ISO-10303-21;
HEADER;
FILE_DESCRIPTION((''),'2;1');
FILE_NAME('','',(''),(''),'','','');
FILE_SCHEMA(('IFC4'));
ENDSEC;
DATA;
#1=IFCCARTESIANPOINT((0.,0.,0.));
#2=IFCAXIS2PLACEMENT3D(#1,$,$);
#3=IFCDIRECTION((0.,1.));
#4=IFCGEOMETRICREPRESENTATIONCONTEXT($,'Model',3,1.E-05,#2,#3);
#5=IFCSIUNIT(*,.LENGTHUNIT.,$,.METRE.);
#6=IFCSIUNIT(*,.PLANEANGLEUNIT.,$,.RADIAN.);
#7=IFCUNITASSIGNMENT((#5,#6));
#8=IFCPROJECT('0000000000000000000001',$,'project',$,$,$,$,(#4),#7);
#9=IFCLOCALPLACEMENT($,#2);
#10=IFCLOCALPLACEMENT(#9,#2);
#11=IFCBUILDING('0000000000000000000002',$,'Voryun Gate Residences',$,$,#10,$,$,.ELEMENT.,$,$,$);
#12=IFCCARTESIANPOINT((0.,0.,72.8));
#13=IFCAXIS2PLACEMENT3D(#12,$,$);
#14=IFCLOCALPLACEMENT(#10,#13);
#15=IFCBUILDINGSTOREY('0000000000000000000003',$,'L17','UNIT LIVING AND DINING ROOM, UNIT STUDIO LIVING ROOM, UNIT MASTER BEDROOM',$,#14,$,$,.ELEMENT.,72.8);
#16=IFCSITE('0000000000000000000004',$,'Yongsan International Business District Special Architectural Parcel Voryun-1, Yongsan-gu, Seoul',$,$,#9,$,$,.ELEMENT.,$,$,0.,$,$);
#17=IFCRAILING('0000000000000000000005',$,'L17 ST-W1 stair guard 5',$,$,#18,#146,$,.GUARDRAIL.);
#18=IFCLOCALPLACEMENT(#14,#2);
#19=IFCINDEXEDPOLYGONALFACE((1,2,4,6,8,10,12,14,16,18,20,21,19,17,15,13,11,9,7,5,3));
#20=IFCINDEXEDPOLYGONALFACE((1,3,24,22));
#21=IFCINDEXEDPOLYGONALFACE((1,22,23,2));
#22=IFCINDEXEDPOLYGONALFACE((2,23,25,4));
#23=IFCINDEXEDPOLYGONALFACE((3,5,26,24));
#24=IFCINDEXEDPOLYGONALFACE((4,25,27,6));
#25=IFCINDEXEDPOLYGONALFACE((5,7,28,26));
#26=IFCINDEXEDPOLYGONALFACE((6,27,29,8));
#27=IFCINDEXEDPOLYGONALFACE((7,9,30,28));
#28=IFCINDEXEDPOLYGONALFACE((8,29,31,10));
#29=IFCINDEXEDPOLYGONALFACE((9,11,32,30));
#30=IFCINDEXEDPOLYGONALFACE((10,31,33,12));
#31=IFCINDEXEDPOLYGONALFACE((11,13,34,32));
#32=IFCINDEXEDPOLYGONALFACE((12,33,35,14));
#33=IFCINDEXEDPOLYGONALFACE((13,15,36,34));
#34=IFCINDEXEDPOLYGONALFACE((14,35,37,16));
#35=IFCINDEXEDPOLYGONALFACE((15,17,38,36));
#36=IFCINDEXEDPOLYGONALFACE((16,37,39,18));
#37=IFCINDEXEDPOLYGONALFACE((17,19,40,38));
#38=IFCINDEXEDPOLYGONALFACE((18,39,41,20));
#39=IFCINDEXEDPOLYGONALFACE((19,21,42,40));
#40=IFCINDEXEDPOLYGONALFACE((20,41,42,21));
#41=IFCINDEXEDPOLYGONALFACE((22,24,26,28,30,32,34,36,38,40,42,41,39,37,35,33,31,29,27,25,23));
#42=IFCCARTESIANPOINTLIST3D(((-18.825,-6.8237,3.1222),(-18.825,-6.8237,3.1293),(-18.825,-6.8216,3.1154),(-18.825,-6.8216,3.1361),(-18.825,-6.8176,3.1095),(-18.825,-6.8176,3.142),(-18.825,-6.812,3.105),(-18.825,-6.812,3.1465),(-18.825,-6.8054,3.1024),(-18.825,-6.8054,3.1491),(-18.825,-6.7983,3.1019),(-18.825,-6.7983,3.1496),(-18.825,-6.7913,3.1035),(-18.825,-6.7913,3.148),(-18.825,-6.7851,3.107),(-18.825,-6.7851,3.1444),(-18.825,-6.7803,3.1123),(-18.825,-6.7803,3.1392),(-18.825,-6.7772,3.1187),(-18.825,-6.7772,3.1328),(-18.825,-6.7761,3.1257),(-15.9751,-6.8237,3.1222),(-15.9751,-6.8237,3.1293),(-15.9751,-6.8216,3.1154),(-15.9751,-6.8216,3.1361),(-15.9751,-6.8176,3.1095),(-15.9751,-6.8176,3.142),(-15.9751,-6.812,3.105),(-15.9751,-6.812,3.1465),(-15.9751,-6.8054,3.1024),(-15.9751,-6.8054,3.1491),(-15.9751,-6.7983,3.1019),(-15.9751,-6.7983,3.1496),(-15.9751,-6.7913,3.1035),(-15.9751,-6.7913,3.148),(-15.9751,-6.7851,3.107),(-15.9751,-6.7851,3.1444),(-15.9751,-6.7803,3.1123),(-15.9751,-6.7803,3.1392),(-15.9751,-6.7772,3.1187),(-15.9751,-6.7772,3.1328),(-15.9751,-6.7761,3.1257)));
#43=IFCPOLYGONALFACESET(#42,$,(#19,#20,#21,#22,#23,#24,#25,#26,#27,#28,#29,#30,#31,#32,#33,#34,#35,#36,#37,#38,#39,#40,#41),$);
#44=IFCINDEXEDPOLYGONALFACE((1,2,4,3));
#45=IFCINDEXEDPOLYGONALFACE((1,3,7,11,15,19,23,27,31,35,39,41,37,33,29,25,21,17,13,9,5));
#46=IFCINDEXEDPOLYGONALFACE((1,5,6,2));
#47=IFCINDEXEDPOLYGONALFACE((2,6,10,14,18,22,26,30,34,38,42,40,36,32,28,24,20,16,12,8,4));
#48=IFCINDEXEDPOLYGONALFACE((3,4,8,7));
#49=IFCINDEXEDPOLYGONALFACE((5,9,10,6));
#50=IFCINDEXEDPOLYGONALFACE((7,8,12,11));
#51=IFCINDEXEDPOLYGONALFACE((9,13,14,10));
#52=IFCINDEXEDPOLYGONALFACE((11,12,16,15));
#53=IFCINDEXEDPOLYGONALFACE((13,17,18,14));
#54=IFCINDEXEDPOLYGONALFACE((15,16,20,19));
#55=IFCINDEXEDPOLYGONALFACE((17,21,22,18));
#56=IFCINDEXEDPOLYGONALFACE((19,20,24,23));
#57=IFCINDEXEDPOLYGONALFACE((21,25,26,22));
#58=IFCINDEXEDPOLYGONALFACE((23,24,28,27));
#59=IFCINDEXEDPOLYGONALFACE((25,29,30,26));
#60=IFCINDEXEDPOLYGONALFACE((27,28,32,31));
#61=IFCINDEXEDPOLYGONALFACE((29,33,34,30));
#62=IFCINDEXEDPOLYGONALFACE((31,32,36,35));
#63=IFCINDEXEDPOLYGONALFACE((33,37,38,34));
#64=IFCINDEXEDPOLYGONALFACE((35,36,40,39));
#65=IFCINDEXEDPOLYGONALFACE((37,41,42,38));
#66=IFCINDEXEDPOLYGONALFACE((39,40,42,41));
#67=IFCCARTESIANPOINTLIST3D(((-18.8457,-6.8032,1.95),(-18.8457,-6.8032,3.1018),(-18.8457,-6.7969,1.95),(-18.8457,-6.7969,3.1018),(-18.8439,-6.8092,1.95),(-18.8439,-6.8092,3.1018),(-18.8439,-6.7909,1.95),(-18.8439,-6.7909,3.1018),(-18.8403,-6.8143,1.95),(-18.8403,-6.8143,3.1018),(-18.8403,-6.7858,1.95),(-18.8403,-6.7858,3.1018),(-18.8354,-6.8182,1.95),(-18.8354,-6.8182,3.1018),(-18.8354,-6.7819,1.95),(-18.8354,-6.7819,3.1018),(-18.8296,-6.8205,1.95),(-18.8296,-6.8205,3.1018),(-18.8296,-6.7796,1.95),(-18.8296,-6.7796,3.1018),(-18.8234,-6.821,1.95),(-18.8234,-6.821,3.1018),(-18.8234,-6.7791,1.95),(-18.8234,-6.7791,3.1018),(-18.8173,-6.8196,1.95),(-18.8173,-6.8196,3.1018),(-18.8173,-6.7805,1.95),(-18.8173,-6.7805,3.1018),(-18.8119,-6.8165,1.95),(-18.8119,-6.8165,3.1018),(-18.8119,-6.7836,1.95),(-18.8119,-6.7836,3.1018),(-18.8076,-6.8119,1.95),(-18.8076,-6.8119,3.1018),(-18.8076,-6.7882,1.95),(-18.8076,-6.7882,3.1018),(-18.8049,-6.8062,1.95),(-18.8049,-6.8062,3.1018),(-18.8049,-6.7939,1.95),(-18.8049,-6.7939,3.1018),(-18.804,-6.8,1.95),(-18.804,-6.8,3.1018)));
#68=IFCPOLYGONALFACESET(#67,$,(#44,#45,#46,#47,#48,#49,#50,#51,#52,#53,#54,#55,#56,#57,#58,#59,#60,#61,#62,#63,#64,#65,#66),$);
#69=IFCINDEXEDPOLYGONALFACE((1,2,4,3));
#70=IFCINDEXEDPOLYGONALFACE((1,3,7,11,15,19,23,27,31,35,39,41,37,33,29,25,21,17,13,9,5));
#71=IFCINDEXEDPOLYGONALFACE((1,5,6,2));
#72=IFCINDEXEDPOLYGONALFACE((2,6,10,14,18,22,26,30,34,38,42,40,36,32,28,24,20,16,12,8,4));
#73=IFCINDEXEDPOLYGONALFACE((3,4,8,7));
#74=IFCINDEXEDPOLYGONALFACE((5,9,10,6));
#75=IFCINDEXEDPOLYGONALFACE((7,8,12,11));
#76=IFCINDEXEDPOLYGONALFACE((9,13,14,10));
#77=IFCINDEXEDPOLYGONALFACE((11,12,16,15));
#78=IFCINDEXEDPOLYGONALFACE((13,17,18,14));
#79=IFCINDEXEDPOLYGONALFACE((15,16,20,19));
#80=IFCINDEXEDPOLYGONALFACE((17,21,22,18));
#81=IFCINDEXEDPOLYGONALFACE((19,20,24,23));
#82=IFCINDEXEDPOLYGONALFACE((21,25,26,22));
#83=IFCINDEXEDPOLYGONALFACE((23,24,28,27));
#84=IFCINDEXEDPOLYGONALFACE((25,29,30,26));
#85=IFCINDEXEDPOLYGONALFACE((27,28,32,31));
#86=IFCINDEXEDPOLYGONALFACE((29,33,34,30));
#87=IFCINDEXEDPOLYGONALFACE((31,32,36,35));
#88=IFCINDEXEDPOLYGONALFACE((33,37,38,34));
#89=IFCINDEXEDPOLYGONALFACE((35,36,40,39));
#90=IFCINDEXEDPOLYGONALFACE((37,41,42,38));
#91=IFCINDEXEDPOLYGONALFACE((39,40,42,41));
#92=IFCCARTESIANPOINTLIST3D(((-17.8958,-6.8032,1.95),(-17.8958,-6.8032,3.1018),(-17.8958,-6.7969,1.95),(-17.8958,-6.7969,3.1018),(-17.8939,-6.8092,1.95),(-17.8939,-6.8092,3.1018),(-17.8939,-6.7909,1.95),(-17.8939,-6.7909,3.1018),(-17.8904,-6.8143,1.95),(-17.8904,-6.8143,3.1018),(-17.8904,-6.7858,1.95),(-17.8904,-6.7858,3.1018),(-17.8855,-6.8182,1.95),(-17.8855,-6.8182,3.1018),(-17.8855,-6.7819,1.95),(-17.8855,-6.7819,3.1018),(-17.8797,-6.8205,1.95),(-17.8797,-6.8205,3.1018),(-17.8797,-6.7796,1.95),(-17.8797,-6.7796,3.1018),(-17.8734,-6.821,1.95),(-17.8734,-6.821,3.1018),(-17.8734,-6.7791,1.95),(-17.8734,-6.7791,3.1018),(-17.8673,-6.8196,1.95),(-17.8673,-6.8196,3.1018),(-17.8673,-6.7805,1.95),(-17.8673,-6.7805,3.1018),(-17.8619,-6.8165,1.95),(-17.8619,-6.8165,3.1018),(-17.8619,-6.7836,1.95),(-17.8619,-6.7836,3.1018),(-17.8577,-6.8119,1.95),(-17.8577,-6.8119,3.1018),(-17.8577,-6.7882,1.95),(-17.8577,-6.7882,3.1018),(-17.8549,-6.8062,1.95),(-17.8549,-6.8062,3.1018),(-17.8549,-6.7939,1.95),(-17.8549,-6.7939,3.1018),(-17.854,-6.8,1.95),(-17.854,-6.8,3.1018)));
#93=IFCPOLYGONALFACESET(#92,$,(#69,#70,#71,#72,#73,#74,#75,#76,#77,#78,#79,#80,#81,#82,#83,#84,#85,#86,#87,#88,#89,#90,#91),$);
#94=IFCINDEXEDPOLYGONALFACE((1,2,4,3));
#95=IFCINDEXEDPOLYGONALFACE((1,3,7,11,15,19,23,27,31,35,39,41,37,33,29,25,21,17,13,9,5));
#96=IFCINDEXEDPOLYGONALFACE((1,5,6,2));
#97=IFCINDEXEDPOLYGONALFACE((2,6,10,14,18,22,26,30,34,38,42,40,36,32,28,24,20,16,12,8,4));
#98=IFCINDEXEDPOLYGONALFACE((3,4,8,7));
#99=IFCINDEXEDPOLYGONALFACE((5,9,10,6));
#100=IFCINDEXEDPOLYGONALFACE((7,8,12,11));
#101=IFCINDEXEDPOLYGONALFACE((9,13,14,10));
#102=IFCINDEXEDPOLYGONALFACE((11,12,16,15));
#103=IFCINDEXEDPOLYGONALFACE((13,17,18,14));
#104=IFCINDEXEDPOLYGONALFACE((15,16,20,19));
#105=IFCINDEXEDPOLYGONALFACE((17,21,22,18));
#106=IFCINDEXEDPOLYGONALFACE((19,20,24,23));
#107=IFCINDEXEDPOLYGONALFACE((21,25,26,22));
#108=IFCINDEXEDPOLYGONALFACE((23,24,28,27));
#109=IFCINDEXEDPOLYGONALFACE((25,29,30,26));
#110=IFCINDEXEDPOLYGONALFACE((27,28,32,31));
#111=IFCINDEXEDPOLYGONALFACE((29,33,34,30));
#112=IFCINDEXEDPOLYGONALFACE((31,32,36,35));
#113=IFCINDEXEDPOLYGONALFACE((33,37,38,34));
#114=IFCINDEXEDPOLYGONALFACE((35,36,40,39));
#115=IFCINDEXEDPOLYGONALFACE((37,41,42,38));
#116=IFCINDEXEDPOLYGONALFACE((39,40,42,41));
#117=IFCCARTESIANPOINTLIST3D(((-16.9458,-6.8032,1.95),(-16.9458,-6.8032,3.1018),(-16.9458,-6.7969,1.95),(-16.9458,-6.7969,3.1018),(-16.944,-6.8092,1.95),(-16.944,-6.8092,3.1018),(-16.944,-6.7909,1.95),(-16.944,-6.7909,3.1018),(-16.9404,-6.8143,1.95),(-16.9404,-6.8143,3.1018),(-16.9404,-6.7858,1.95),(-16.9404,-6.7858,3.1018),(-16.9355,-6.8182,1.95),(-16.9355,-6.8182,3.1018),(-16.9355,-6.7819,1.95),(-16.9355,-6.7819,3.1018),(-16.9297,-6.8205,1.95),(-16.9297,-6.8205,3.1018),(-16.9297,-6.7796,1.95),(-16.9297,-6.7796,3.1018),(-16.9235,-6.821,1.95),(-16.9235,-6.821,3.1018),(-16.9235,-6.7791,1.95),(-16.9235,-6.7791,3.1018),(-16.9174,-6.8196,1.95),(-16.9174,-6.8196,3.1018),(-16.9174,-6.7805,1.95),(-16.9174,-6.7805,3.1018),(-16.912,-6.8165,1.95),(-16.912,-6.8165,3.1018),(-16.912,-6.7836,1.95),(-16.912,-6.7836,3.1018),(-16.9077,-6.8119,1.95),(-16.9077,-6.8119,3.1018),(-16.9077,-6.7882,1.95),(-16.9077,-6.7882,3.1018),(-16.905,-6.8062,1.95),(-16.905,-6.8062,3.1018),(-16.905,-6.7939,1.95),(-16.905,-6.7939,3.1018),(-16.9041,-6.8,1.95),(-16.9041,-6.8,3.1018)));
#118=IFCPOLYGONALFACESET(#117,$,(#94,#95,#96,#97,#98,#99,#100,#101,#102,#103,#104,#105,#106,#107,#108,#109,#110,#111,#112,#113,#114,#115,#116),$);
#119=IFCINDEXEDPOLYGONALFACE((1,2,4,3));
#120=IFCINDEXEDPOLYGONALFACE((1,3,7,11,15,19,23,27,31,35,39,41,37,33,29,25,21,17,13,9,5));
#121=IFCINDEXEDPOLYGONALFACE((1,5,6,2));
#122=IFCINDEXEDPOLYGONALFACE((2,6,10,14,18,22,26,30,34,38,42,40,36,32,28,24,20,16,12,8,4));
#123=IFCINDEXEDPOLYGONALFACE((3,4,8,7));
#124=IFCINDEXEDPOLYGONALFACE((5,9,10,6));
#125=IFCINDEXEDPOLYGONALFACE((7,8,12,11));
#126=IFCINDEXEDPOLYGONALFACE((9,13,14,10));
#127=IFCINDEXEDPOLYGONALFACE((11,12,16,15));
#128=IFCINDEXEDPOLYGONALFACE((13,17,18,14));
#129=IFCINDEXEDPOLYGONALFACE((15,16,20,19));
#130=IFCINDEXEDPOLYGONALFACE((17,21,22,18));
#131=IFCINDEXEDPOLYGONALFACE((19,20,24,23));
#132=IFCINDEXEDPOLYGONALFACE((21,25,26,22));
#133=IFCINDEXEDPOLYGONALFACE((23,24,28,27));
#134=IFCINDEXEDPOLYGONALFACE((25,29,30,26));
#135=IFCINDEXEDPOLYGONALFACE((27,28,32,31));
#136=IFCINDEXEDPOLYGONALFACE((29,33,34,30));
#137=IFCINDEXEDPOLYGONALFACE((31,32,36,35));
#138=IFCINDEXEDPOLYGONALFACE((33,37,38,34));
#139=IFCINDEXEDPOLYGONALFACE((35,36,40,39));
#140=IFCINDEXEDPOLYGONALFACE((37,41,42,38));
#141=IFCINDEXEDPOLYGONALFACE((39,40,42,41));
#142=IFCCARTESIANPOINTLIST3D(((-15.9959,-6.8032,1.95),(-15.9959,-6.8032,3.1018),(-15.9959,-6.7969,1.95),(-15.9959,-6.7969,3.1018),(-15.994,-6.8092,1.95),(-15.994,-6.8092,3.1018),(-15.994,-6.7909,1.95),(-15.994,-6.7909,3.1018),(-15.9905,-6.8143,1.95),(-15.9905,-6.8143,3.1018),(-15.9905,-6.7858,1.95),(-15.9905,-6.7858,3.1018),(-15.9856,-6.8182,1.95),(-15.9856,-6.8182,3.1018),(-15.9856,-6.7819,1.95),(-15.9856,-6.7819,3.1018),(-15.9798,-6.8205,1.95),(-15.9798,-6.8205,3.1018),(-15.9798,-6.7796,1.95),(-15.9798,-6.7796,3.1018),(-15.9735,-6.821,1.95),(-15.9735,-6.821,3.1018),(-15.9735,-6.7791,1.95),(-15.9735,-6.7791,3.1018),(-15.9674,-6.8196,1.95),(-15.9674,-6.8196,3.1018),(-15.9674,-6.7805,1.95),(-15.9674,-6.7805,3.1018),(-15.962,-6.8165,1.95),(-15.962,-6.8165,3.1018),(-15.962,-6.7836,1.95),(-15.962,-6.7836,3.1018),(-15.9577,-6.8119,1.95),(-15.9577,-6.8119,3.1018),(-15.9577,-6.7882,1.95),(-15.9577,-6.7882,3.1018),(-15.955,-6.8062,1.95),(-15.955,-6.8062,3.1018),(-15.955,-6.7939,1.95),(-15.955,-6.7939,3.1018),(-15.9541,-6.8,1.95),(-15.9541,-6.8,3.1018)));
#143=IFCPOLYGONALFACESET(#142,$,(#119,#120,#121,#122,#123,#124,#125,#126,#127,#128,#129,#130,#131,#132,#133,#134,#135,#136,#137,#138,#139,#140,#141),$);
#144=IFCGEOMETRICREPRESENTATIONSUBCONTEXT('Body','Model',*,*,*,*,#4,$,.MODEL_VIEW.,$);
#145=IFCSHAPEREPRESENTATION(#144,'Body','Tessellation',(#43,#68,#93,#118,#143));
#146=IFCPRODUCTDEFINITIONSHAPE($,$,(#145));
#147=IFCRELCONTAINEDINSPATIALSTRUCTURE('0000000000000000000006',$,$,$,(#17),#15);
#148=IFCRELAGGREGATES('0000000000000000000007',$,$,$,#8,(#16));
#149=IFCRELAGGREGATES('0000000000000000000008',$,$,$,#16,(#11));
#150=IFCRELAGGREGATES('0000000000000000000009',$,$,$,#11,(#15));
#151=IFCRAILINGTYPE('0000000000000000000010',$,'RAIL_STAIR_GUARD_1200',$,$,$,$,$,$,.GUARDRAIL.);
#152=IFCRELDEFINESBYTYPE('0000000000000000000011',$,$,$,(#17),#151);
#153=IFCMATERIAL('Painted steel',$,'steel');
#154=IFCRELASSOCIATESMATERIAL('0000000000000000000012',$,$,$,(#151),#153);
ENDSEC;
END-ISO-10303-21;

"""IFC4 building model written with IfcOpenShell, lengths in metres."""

from ifc_helpers import new_model, si_unit, direction, frame, origin, origin_2d, place, context, subcontext, project, spatial, circle, extrude, material, type_object, element, save


model = new_model("IFC4")

# Units and contexts
model_context = context("Model", 3, precision=1e-05, world=origin(), true_north=direction((0.0, 1.0)))
body_context = subcontext(model_context, "Body", "Model", "MODEL_VIEW")
ifc_project = project(units=[si_unit("LENGTHUNIT", "METRE"), si_unit("PLANEANGLEUNIT", "RADIAN")], contexts=[model_context])

# Site, building, storey
site_placement = place(None, origin())
site = spatial("IfcSite", under=ifc_project, at=site_placement, Name="Yongsan International Business District Special Architectural Parcel Voryun-1, Yongsan-gu, Seoul", CompositionType="ELEMENT", RefElevation=0.0)
building_placement = place(site_placement, origin())
building = spatial("IfcBuilding", under=site, at=building_placement, Name="Voryun Gate Residences", CompositionType="ELEMENT")
storey_placement = place(building_placement, frame((0.0, 0.0, 72.8)))
storey = spatial("IfcBuildingStorey", under=building, at=storey_placement, Name="L17", Description="UNIT LIVING AND DINING ROOM, UNIT STUDIO LIVING ROOM, UNIT MASTER BEDROOM", CompositionType="ELEMENT", Elevation=72.8)

# Railing
ifc_material_1 = material(Name="Painted steel", Category="steel")
railing_type_1 = type_object("IfcRailingType", Name="RAIL_STAIR_GUARD_1200", PredefinedType="GUARDRAIL", material=ifc_material_1)
railing_1_placement = place(storey_placement, frame((-18.825, -6.8, 1.95)))
element("IfcRailing", 1, at=railing_1_placement, inside=storey, type_object=railing_type_1, Name="L17 ST-W1 stair guard 5", PredefinedType="GUARDRAIL", context=body_context, shape_type="SweptSolid", body=[
    extrude(circle(Radius=0.0239, at=origin_2d()), frame((0.0, 0.0, 1.1758), z_axis=(1.0, 0.0, 0.0), x_axis=(0.0, 1.0, 0.0)), (0.0, 0.0, 1.0), 2.8499),
    extrude(circle(Radius=0.021, at=origin_2d()), origin(), (0.0, 0.0, 1.0), 1.1519),
    extrude(circle(Radius=0.021, at=origin_2d()), frame((0.95, 0.0, 0.0)), (0.0, 0.0, 1.0), 1.1519),
    extrude(circle(Radius=0.021, at=origin_2d()), frame((1.8999, 0.0, 0.0)), (0.0, 0.0, 1.0), 1.1519),
    extrude(circle(Radius=0.021, at=origin_2d()), frame((2.8499, 0.0, 0.0)), (0.0, 0.0, 1.0), 1.1519),
])

save(model, "model.ifc")
